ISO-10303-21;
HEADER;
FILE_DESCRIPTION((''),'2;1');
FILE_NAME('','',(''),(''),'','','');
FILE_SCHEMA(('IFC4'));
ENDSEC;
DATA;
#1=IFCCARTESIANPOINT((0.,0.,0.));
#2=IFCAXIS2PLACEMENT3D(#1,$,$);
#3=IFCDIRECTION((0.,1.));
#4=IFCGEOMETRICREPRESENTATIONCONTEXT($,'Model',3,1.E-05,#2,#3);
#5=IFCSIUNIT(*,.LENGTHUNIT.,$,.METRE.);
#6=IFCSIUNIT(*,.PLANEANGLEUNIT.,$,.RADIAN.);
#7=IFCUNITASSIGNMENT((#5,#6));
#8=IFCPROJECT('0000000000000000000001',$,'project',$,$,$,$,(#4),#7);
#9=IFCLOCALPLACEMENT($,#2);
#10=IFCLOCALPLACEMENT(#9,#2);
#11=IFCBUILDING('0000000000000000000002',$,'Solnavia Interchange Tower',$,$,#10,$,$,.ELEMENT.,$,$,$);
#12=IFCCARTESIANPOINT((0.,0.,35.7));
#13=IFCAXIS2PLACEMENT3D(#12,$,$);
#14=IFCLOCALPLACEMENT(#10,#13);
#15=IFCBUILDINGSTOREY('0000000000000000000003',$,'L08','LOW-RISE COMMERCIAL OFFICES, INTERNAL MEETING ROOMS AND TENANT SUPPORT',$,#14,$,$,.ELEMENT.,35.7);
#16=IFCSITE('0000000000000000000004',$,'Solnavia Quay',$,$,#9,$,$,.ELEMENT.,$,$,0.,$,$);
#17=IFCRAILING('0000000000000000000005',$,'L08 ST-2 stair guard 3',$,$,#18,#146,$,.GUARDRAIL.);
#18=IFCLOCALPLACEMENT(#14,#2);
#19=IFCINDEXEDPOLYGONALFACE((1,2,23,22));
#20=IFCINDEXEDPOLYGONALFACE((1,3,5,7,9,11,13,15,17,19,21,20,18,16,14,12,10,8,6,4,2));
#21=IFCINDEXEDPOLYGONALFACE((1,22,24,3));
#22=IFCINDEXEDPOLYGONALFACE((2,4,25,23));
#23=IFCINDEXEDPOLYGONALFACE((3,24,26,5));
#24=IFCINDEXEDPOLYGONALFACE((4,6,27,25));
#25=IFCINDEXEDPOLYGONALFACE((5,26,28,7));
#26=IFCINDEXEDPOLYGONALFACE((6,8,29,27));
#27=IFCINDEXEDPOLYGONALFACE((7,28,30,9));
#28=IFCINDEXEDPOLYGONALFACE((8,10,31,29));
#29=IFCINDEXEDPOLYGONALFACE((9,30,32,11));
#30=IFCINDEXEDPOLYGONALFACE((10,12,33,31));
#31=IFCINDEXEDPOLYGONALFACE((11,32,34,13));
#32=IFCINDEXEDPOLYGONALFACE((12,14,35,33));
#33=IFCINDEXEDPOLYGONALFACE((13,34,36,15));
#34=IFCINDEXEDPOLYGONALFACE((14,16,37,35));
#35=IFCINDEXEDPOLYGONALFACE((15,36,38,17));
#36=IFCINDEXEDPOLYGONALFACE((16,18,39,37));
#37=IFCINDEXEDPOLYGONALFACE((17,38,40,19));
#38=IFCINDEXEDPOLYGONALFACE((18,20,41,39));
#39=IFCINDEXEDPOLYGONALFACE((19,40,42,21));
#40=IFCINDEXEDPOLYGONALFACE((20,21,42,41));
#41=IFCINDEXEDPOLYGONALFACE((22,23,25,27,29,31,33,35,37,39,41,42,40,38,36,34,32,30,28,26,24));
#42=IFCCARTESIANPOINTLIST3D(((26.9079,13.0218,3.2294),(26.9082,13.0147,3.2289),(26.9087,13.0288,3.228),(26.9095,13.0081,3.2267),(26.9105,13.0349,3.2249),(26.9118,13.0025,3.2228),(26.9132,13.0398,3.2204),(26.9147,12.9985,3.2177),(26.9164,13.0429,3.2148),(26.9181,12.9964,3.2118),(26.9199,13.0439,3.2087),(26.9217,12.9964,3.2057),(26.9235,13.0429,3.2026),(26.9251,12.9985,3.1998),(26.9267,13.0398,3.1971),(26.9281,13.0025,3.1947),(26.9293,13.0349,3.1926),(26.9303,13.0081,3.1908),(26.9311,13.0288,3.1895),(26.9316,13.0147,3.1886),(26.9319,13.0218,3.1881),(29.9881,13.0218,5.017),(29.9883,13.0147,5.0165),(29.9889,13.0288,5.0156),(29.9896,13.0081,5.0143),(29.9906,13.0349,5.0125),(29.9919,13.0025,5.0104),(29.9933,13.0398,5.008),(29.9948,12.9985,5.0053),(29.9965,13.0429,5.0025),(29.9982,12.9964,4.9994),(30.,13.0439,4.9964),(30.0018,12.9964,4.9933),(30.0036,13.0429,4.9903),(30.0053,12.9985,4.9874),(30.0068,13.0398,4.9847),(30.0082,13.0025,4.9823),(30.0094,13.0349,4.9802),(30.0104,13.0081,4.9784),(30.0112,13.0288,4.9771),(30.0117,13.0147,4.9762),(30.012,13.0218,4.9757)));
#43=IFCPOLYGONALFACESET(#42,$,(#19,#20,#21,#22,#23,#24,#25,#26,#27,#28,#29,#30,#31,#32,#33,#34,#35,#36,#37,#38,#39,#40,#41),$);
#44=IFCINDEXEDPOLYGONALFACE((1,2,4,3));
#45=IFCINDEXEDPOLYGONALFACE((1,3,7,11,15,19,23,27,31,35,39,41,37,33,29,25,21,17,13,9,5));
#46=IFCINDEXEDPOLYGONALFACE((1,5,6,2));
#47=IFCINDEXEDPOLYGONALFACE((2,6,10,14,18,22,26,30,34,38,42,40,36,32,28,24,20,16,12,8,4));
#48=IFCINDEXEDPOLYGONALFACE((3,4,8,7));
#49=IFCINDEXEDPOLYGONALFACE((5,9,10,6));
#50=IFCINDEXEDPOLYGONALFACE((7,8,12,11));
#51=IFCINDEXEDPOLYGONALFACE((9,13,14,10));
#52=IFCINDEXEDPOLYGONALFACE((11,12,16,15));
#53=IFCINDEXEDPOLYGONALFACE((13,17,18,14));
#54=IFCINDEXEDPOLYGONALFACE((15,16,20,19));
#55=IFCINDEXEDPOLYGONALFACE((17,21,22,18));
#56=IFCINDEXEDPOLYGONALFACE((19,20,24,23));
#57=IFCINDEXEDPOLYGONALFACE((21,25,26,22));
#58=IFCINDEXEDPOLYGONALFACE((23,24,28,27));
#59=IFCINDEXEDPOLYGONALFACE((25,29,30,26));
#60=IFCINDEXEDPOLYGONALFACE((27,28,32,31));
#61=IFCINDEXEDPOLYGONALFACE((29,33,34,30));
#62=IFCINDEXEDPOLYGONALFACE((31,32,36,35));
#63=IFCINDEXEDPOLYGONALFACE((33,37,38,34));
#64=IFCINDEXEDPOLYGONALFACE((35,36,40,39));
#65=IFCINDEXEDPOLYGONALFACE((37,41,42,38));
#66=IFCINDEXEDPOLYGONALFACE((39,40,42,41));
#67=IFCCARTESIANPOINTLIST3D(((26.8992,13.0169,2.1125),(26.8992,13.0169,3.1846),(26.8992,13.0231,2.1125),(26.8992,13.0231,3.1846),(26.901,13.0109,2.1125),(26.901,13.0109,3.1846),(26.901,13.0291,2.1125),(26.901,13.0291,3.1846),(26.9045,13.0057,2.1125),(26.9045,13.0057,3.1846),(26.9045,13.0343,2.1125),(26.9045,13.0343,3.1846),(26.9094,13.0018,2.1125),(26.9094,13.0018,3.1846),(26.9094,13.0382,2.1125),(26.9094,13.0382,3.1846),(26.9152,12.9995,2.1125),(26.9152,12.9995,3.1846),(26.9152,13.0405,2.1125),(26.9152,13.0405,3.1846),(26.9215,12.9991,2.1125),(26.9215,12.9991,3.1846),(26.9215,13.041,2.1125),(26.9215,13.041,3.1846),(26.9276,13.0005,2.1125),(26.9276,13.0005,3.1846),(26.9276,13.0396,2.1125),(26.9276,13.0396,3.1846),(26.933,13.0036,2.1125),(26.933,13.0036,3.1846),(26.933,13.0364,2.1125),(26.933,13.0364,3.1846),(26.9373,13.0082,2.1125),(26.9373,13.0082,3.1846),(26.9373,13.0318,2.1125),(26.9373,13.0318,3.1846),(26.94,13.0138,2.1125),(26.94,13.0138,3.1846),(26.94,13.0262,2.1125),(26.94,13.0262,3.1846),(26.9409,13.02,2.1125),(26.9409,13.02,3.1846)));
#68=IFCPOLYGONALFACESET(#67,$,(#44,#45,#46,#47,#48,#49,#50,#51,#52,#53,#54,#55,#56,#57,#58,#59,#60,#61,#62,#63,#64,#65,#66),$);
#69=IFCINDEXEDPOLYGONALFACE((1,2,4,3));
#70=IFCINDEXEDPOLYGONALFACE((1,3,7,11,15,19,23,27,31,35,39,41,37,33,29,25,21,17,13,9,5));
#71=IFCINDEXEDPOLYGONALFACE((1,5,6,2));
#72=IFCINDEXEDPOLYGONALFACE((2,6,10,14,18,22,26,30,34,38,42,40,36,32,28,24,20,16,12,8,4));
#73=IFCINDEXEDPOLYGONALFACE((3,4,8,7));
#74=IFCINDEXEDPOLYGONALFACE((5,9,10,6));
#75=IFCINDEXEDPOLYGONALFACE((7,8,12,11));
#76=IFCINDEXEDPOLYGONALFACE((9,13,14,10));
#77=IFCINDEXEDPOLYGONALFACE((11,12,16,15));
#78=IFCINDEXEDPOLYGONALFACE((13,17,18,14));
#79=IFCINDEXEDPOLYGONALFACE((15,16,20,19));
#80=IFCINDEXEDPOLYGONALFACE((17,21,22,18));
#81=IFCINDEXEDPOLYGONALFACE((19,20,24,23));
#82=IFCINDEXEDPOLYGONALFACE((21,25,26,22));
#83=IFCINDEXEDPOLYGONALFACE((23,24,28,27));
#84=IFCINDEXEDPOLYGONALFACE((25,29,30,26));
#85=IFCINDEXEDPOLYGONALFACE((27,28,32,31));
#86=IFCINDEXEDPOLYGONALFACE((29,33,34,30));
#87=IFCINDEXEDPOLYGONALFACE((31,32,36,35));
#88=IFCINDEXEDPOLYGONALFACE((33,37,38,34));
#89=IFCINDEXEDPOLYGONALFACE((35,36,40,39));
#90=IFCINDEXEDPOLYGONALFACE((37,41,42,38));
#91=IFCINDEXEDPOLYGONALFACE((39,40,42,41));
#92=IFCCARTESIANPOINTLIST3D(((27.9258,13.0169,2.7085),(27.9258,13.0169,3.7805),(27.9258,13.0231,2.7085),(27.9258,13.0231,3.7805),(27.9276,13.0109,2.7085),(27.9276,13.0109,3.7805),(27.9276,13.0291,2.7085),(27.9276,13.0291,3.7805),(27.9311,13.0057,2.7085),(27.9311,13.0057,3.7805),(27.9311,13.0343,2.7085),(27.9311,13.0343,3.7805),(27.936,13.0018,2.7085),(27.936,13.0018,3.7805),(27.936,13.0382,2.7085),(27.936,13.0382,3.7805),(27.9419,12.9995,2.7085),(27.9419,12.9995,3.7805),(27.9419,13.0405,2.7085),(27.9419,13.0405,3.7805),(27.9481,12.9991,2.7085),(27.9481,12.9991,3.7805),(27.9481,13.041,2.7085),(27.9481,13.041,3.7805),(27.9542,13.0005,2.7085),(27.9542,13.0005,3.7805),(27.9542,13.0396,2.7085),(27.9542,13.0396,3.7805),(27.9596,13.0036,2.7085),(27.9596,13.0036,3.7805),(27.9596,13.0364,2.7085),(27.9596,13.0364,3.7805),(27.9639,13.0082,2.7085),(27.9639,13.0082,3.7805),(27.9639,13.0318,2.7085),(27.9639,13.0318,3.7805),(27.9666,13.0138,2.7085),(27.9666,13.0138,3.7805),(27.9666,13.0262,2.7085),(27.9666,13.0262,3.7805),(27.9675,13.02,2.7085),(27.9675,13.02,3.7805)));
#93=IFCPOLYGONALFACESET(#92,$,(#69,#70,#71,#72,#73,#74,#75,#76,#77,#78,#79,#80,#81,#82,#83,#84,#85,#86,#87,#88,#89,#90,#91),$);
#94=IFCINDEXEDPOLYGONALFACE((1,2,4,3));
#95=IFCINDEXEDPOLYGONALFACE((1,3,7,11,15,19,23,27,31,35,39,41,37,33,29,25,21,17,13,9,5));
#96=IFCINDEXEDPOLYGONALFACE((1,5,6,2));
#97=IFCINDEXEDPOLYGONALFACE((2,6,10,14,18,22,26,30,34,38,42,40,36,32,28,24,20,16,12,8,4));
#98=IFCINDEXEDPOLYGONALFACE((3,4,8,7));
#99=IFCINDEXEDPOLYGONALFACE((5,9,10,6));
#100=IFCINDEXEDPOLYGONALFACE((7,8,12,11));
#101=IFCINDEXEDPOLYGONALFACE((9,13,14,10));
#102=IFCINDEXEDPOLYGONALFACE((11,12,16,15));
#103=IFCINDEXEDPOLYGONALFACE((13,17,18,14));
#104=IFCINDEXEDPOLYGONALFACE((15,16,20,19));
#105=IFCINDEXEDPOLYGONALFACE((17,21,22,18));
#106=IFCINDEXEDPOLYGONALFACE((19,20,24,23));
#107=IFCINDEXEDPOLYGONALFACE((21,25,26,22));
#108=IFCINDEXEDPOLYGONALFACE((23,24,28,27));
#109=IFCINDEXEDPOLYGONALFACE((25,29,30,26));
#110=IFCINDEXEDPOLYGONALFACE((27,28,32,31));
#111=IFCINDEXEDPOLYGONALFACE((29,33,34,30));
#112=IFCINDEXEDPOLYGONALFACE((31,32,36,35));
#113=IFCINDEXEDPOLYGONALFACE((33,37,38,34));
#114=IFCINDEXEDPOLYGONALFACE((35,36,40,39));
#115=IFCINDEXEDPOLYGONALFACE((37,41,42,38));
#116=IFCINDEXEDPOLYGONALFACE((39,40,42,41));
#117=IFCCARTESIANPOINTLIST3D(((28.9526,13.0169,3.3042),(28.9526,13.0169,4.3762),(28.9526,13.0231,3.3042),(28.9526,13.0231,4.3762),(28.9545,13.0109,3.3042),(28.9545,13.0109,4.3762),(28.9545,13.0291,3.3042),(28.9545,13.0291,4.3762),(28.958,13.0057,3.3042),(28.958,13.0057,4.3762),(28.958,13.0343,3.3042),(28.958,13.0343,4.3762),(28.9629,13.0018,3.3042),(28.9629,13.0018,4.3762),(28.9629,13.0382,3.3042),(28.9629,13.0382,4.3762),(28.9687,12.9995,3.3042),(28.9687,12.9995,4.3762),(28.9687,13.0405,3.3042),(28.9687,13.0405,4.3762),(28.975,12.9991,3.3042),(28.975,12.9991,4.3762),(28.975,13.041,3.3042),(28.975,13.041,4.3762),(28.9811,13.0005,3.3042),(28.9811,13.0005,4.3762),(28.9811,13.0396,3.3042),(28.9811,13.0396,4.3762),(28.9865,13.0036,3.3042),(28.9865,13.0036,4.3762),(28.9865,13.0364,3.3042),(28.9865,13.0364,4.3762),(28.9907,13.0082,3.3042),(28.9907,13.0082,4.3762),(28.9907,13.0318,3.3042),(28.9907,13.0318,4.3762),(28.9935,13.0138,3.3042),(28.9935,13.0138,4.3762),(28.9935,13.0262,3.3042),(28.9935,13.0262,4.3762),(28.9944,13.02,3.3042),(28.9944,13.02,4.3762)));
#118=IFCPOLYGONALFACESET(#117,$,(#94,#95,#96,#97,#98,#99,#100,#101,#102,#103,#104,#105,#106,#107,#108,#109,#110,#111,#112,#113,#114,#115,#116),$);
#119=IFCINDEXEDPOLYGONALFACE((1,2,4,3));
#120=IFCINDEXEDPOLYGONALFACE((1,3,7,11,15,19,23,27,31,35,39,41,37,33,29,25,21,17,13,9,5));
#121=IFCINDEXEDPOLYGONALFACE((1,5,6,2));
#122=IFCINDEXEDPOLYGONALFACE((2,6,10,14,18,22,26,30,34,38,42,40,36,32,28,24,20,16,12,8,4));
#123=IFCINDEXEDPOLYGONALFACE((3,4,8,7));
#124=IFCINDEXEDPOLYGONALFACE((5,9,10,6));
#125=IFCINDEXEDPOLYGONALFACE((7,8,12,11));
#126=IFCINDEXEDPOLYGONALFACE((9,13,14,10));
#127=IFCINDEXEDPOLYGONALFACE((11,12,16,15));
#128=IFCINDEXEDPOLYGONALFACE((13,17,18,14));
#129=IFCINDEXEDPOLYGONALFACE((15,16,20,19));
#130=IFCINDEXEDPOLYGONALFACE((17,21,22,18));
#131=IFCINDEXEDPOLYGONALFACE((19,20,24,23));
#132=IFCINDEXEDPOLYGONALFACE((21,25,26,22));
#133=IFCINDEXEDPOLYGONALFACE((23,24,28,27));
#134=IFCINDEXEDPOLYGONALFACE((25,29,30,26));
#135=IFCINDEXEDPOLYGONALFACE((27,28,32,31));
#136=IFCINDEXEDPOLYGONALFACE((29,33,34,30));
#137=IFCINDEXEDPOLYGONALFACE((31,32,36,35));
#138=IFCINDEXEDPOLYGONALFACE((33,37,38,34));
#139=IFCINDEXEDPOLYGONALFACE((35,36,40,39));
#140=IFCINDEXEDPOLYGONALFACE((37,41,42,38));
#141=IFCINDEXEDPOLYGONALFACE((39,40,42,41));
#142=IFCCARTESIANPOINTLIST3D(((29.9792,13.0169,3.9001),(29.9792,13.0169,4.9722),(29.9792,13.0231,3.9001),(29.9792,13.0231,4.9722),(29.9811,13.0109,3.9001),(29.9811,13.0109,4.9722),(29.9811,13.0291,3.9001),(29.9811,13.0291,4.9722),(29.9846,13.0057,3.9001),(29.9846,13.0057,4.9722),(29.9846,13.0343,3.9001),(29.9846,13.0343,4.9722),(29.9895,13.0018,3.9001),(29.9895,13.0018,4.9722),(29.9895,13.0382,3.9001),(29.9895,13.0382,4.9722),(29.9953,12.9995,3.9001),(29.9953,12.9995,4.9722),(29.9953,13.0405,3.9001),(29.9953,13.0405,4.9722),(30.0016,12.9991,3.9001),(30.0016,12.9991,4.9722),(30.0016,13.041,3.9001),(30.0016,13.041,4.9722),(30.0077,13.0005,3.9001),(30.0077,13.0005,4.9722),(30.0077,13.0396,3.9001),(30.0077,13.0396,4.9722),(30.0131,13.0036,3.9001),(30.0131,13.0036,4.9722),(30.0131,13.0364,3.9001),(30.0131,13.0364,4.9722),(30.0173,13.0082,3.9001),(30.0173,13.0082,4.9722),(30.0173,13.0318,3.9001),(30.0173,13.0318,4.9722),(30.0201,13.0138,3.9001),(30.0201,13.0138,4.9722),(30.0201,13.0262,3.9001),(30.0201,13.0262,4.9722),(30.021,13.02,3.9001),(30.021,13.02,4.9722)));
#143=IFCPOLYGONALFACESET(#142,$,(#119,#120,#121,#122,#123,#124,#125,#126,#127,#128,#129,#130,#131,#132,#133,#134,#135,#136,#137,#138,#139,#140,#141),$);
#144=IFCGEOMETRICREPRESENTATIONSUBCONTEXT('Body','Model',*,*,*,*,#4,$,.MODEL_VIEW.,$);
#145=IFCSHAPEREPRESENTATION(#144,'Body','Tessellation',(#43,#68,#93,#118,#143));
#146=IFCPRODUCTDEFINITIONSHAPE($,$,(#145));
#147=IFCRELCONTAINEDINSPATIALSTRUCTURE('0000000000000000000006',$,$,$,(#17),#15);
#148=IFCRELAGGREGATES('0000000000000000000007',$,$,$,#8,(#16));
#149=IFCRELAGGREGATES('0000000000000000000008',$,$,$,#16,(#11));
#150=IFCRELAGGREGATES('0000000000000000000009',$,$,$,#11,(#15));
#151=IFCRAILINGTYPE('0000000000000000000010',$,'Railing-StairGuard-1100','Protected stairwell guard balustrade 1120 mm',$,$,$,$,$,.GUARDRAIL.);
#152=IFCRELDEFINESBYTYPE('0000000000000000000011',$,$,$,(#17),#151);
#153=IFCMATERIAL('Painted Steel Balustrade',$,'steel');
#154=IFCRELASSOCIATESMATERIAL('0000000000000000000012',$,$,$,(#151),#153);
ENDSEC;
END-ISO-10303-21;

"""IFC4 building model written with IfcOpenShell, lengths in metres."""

from ifc_helpers import new_model, si_unit, direction, frame, origin, origin_2d, place, context, subcontext, project, spatial, circle, extrude, material, type_object, element, save


model = new_model("IFC4")

# Units and contexts
model_context = context("Model", 3, precision=1e-05, world=origin(), true_north=direction((0.0, 1.0)))
body_context = subcontext(model_context, "Body", "Model", "MODEL_VIEW")
ifc_project = project(units=[si_unit("LENGTHUNIT", "METRE"), si_unit("PLANEANGLEUNIT", "RADIAN")], contexts=[model_context])

# Site, building, storey
site_placement = place(None, origin())
site = spatial("IfcSite", under=ifc_project, at=site_placement, Name="Solnavia Quay", CompositionType="ELEMENT", RefElevation=0.0)
building_placement = place(site_placement, origin())
building = spatial("IfcBuilding", under=site, at=building_placement, Name="Solnavia Interchange Tower", CompositionType="ELEMENT")
storey_placement = place(building_placement, frame((0.0, 0.0, 35.7)))
storey = spatial("IfcBuildingStorey", under=building, at=storey_placement, Name="L08", Description="LOW-RISE COMMERCIAL OFFICES, INTERNAL MEETING ROOMS AND TENANT SUPPORT", CompositionType="ELEMENT", Elevation=35.7)

# Railing
ifc_material_1 = material(Name="Painted Steel Balustrade", Category="steel")
railing_type_1 = type_object("IfcRailingType", Name="Railing-StairGuard-1100", Description="Protected stairwell guard balustrade 1120 mm", PredefinedType="GUARDRAIL", material=ifc_material_1)
railing_1_placement = place(storey_placement, frame((26.9199, 13.02, 2.1125)))
element("IfcRailing", 1, at=railing_1_placement, inside=storey, type_object=railing_type_1, Name="L08 ST-2 stair guard 3", PredefinedType="GUARDRAIL", context=body_context, shape_type="SweptSolid", body=[
    extrude(circle(Radius=0.0239, at=origin_2d()), frame((0.0, 0.0, 1.0962), z_axis=(0.864891, 0.0, 0.50196), x_axis=(0.0, 1.0, 0.0)), (0.0, 0.0, 1.0), 3.5613),
    extrude(circle(Radius=0.021, at=origin_2d()), origin(), (0.0, 0.0, 1.0), 1.072),
    extrude(circle(Radius=0.021, at=origin_2d()), frame((1.0266, 0.0, 0.5959)), (0.0, 0.0, 1.0), 1.072),
    extrude(circle(Radius=0.021, at=origin_2d()), frame((2.0535, 0.0, 1.1917)), (0.0, 0.0, 1.0), 1.072),
    extrude(circle(Radius=0.021, at=origin_2d()), frame((3.0801, 0.0, 1.7876)), (0.0, 0.0, 1.0), 1.072),
])

save(model, "model.ifc")
